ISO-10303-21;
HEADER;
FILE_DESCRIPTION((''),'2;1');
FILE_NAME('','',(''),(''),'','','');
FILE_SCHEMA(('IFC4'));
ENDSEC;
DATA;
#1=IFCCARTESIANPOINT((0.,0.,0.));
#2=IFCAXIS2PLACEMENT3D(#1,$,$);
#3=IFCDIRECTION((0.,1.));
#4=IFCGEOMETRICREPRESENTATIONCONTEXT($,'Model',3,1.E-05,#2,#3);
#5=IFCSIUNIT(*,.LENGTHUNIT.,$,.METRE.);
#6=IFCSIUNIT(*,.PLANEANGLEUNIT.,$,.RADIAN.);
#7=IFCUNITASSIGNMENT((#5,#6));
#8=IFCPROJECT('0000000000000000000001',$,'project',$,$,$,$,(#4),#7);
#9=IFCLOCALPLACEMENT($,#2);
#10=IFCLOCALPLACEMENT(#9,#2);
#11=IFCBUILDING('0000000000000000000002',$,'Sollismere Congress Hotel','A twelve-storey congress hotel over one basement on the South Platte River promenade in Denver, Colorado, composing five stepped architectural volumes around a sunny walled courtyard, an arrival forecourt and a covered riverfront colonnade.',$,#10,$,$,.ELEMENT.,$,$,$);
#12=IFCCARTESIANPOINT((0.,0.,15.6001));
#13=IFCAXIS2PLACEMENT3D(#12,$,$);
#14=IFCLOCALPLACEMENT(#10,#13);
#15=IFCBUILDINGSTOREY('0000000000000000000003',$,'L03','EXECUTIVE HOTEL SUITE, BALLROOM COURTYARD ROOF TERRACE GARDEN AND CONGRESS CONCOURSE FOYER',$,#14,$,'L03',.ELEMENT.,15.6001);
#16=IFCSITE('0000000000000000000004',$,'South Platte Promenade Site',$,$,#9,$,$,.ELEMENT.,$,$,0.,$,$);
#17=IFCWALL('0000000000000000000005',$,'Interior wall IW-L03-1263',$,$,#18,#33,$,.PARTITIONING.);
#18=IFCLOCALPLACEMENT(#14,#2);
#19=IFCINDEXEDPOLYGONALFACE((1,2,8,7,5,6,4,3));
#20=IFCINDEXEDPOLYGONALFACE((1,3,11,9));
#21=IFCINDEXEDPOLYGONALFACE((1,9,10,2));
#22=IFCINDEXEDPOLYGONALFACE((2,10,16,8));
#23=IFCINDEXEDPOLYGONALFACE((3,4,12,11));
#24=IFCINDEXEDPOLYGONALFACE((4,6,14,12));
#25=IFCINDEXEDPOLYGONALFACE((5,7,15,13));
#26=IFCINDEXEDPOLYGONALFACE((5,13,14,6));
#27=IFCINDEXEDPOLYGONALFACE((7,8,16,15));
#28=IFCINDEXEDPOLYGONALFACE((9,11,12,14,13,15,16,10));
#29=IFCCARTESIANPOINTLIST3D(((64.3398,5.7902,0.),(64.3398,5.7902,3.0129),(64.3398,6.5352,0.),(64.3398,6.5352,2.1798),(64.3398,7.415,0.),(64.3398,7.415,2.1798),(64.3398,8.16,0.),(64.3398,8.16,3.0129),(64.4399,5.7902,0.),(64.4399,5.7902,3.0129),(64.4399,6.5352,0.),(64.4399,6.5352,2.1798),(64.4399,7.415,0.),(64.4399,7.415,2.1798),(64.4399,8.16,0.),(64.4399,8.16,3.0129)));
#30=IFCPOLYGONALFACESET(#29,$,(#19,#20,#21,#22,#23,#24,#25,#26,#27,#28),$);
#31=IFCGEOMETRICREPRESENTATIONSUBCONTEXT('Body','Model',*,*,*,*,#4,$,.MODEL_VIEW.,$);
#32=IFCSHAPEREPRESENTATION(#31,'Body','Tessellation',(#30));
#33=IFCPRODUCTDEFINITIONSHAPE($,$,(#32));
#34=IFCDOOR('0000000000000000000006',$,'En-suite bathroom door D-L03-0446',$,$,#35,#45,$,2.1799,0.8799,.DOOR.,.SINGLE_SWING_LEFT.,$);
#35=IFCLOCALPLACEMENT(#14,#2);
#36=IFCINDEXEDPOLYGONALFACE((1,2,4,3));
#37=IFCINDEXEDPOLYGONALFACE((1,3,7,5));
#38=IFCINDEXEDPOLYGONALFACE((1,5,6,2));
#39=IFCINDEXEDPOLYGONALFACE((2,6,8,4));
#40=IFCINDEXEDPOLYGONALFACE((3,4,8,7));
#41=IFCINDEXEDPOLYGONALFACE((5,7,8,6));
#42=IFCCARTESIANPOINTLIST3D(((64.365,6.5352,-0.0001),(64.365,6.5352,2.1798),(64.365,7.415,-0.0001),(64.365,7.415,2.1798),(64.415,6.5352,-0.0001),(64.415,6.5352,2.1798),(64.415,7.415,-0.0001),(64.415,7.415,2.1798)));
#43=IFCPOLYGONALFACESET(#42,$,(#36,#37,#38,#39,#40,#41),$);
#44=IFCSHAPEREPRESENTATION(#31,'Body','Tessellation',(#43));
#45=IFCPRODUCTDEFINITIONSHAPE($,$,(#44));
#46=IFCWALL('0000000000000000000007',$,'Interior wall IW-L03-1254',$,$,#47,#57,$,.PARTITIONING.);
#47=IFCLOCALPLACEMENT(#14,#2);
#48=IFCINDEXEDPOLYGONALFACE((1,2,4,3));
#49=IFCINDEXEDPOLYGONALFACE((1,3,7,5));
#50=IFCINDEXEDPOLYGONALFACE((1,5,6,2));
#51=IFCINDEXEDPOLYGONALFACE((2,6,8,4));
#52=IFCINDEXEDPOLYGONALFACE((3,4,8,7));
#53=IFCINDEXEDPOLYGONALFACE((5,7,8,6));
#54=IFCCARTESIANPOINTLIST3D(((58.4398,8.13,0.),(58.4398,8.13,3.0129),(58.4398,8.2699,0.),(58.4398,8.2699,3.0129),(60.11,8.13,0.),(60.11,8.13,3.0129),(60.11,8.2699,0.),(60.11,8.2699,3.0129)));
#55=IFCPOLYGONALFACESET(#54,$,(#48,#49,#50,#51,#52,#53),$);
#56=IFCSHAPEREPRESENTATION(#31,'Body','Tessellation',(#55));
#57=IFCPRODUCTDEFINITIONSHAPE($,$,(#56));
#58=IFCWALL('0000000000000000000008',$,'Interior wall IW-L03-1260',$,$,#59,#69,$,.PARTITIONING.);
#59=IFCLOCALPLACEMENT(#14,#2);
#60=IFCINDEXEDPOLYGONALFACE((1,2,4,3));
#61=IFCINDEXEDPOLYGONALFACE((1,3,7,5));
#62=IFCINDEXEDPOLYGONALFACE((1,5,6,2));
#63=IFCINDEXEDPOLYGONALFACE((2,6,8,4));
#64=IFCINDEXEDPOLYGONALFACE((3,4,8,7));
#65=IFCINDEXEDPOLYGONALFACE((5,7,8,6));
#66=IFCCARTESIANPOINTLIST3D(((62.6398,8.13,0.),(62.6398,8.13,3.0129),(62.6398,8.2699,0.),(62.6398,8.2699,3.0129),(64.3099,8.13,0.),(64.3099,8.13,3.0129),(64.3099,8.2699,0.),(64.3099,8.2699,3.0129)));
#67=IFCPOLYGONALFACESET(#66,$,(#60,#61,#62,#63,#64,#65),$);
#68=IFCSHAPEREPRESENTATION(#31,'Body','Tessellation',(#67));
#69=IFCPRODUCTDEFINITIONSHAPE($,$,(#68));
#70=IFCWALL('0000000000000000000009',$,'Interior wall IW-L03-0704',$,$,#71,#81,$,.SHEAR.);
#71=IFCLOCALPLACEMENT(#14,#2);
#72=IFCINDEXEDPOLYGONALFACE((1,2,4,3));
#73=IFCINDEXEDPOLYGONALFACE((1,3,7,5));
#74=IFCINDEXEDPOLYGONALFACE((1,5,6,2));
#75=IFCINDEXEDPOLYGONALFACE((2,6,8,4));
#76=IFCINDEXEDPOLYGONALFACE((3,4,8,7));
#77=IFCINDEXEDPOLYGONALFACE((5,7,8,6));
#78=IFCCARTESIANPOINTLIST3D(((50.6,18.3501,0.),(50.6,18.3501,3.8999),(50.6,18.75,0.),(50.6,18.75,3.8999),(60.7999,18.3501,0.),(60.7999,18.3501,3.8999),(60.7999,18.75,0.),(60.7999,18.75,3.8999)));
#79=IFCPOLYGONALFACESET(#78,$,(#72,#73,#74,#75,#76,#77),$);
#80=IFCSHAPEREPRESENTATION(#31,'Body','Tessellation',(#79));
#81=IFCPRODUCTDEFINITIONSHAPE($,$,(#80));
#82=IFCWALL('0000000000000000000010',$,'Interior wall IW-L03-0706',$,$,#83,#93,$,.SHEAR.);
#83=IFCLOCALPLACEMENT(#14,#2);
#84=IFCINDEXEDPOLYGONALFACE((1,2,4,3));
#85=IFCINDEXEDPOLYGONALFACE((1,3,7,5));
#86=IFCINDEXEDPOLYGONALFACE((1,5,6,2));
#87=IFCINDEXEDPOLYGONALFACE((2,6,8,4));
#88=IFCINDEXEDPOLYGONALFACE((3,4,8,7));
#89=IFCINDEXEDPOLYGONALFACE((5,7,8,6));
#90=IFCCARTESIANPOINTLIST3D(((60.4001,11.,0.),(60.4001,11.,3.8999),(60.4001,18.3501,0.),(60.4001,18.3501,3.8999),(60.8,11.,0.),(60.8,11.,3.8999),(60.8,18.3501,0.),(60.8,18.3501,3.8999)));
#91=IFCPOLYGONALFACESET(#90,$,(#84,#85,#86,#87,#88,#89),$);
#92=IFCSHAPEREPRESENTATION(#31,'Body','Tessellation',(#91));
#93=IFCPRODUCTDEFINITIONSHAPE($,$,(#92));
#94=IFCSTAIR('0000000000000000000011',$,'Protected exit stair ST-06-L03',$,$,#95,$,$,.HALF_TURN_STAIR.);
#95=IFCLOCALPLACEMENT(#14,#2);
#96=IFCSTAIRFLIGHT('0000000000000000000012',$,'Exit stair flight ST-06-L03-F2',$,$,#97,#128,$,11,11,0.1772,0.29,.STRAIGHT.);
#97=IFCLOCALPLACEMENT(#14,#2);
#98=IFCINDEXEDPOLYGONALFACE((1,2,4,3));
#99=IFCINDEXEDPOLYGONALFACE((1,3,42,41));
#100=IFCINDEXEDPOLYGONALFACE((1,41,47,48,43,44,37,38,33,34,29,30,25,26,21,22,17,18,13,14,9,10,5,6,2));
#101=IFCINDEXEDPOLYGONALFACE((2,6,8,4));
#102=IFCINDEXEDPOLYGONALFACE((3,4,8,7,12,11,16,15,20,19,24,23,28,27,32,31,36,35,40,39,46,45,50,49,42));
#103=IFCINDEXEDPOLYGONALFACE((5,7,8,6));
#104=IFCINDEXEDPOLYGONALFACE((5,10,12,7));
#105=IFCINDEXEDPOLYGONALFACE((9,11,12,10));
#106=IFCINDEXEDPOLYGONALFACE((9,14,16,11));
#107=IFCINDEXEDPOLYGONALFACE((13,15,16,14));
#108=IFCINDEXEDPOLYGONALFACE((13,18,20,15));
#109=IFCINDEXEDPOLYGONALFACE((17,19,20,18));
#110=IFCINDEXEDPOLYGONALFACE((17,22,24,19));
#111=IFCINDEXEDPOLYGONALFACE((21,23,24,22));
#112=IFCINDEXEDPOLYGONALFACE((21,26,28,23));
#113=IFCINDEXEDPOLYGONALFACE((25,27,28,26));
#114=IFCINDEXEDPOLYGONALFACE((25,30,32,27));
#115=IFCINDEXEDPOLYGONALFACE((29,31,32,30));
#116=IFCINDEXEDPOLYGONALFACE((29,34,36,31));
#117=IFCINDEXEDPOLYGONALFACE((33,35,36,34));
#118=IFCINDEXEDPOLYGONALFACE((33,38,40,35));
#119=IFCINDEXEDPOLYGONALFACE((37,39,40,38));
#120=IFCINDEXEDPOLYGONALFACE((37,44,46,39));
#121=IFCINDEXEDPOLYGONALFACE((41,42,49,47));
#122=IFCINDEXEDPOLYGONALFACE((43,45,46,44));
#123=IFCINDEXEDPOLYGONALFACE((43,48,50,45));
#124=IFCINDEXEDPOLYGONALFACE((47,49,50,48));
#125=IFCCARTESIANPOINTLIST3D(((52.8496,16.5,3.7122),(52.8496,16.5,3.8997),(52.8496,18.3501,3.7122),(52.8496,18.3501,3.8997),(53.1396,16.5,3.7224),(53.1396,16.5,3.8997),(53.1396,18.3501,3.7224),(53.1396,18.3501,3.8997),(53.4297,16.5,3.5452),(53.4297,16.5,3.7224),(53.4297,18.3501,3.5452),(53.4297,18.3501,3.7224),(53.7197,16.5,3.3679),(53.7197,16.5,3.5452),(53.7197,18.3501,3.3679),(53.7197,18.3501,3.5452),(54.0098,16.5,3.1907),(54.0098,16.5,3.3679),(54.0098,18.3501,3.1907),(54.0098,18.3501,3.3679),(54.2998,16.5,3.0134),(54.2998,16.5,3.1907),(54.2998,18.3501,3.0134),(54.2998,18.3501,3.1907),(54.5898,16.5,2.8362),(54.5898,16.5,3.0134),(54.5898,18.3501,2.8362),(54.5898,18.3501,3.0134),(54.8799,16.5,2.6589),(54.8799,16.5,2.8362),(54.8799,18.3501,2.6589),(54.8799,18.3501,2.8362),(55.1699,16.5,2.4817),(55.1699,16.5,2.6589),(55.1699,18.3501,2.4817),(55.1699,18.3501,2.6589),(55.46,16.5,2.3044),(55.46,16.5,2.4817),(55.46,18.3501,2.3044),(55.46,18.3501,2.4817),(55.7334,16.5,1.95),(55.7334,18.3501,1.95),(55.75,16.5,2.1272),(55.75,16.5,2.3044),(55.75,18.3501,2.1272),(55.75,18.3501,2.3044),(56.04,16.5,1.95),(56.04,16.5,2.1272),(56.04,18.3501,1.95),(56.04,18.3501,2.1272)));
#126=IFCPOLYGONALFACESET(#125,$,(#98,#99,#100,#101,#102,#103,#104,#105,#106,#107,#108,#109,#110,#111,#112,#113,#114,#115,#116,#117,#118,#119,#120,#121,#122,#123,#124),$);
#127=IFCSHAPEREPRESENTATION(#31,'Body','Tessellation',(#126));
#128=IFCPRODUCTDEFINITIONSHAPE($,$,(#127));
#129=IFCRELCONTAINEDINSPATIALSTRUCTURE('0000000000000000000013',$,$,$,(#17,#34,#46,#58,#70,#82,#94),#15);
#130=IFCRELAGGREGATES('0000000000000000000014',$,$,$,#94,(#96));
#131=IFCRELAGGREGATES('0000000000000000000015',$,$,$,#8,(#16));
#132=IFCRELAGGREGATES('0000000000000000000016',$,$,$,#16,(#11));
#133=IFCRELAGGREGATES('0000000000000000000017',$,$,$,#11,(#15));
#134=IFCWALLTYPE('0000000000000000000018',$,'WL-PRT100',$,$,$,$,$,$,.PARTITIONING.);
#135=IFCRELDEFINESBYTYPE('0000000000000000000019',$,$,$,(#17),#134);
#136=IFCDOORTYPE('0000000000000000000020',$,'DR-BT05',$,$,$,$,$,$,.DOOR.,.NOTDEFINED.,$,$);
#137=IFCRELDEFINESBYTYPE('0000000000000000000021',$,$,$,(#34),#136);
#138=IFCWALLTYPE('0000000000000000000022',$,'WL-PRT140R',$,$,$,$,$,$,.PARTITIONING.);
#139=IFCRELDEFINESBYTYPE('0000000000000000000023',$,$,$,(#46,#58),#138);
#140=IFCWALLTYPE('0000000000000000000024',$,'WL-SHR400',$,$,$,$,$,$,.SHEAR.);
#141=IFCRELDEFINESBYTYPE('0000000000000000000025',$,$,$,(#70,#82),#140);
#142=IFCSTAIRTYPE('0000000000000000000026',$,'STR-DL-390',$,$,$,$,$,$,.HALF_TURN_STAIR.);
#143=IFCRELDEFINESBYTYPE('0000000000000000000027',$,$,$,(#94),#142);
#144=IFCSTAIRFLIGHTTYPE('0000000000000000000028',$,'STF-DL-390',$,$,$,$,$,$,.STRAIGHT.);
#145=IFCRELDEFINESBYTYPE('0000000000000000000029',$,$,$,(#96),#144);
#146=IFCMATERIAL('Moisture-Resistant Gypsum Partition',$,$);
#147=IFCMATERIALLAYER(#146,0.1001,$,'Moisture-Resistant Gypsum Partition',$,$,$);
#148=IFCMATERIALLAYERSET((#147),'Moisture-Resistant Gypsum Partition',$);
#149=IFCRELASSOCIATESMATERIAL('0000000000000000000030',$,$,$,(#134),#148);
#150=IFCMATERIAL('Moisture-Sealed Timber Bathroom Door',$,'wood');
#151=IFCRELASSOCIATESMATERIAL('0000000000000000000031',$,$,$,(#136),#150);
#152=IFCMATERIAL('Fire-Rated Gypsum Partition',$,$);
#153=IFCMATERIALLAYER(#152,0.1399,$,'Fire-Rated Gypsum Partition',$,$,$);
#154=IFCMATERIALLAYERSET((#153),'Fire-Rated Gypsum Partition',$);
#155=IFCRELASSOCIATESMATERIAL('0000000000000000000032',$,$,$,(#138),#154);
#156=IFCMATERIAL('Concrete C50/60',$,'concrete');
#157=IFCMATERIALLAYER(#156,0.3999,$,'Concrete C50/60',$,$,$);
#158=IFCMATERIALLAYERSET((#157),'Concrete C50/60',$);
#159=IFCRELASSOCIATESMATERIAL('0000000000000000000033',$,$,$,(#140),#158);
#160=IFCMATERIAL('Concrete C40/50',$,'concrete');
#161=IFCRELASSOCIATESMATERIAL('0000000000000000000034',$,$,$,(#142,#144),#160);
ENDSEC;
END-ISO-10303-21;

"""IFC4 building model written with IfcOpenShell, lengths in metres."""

from ifc_helpers import new_model, si_unit, direction, frame, frame_2d, origin, place, context, subcontext, project, spatial, polyline, rectangle, outline, extrude, material, layer, layer_set, type_object, element, fill, aggregate, save


model = new_model("IFC4")

# Units and contexts
model_context = context("Model", 3, precision=1e-05, world=origin(), true_north=direction((0.0, 1.0)))
body_context = subcontext(model_context, "Body", "Model", "MODEL_VIEW")
ifc_project = project(units=[si_unit("LENGTHUNIT", "METRE"), si_unit("PLANEANGLEUNIT", "RADIAN")], contexts=[model_context])

# Site, building, storey
site_placement = place(None, origin())
site = spatial("IfcSite", under=ifc_project, at=site_placement, Name="South Platte Promenade Site", CompositionType="ELEMENT", RefElevation=0.0)
building_placement = place(site_placement, origin())
building = spatial("IfcBuilding", under=site, at=building_placement, Name="Sollismere Congress Hotel", Description="A twelve-storey congress hotel over one basement on the South Platte River promenade in Denver, Colorado, composing five stepped architectural volumes around a sunny walled courtyard, an arrival forecourt and a covered riverfront colonnade.", CompositionType="ELEMENT")
storey_placement = place(building_placement, frame((0.0, 0.0, 15.6001)))
storey = spatial("IfcBuildingStorey", under=building, at=storey_placement, Name="L03", Description="EXECUTIVE HOTEL SUITE, BALLROOM COURTYARD ROOF TERRACE GARDEN AND CONGRESS CONCOURSE FOYER", LongName="L03", CompositionType="ELEMENT", Elevation=15.6001)

# Wall, opening, door
ifc_material_1 = material(Name="Moisture-Resistant Gypsum Partition")
ifc_layer_1 = layer(ifc_material_1, 0.1001, Name="Moisture-Resistant Gypsum Partition")
ifc_layer_set_1 = layer_set([ifc_layer_1], Name="Moisture-Resistant Gypsum Partition")
wall_type_1 = type_object("IfcWallType", Name="WL-PRT100", PredefinedType="PARTITIONING", material=ifc_layer_set_1)
wall_1_placement = place(storey_placement, frame((64.3899, 5.79, 0.0), z_axis=(0.0, 0.0, 1.0), x_axis=(0.0, 1.0, 0.0)))
wall_1 = element("IfcWall", 1, at=wall_1_placement, inside=storey, type_object=wall_type_1, Name="Interior wall IW-L03-1263", PredefinedType="PARTITIONING", context=body_context, shape_type="SweptSolid", body=[
    extrude(rectangle(XDim=2.3699, YDim=0.1001, at=frame_2d((1.1851, 0.0))), origin(), (0.0, 0.0, 1.0), 3.0129),
])
opening_1_placement = place(wall_1_placement, frame((0.7451, 0.0, 0.0)))
opening_1 = element("IfcOpeningElement", 2, at=opening_1_placement, cuts=wall_1, PredefinedType="OPENING", context=body_context, shape_type="SweptSolid", body=[
    extrude(rectangle(XDim=0.8799, YDim=2.1799, at=frame_2d((0.4399, 1.0898))), frame((0.0, 0.0601, 0.0), z_axis=(0.0, -1.0, 0.0), x_axis=(1.0, 0.0, 0.0)), (0.0, 0.0, 1.0), 0.1201),
])
ifc_material_2 = material(Name="Moisture-Sealed Timber Bathroom Door", Category="wood")
door_type_1 = type_object("IfcDoorType", Name="DR-BT05", OperationType="NOTDEFINED", PredefinedType="DOOR", material=ifc_material_2)
door_1_placement = place(opening_1_placement, origin())
door_1 = element("IfcDoor", 3, at=door_1_placement, inside=storey, type_object=door_type_1, Name="En-suite bathroom door D-L03-0446", OperationType="SINGLE_SWING_LEFT", OverallHeight=2.1799, OverallWidth=0.8799, PredefinedType="DOOR", context=body_context, shape_type="SweptSolid", body=[
    extrude(rectangle(XDim=0.8799, YDim=2.1799, at=frame_2d((0.4399, 1.0898))), frame((0.0, 0.0249, 0.0), z_axis=(0.0, -1.0, 0.0), x_axis=(1.0, 0.0, 0.0)), (0.0, 0.0, 1.0), 0.05),
])
fill(opening_1, door_1)

# Wall
ifc_material_3 = material(Name="Fire-Rated Gypsum Partition")
ifc_layer_2 = layer(ifc_material_3, 0.1399, Name="Fire-Rated Gypsum Partition")
ifc_layer_set_2 = layer_set([ifc_layer_2], Name="Fire-Rated Gypsum Partition")
wall_type_2 = type_object("IfcWallType", Name="WL-PRT140R", PredefinedType="PARTITIONING", material=ifc_layer_set_2)
wall_2_placement = place(storey_placement, frame((58.4399, 8.2, 0.0), z_axis=(0.0, 0.0, 1.0), x_axis=(1.0, 0.0, 0.0)))
element("IfcWall", 4, at=wall_2_placement, inside=storey, type_object=wall_type_2, Name="Interior wall IW-L03-1254", PredefinedType="PARTITIONING", context=body_context, shape_type="SweptSolid", body=[
    extrude(rectangle(XDim=1.6702, YDim=0.1399, at=frame_2d((0.835, 0.0))), origin(), (0.0, 0.0, 1.0), 3.0129),
])

# Wall
wall_3_placement = place(storey_placement, frame((62.6399, 8.2, 0.0), z_axis=(0.0, 0.0, 1.0), x_axis=(1.0, 0.0, 0.0)))
element("IfcWall", 5, at=wall_3_placement, inside=storey, type_object=wall_type_2, Name="Interior wall IW-L03-1260", PredefinedType="PARTITIONING", context=body_context, shape_type="SweptSolid", body=[
    extrude(rectangle(XDim=1.6702, YDim=0.1399, at=frame_2d((0.835, 0.0))), origin(), (0.0, 0.0, 1.0), 3.0129),
])

# Walls
ifc_material_4 = material(Name="Concrete C50/60", Category="concrete")
ifc_layer_3 = layer(ifc_material_4, 0.3999, Name="Concrete C50/60")
ifc_layer_set_3 = layer_set([ifc_layer_3], Name="Concrete C50/60")
wall_type_3 = type_object("IfcWallType", Name="WL-SHR400", PredefinedType="SHEAR", material=ifc_layer_set_3)
wall_4_placement = place(storey_placement, frame((60.8, 18.55, 0.0), z_axis=(0.0, 0.0, 1.0), x_axis=(-1.0, 0.0, 0.0)))
element("IfcWall", 6, at=wall_4_placement, inside=storey, type_object=wall_type_3, Name="Interior wall IW-L03-0704", PredefinedType="SHEAR", context=body_context, shape_type="SweptSolid", body=[
    extrude(rectangle(XDim=10.2, YDim=0.3999, at=frame_2d((5.1001, 0.0))), origin(), (0.0, 0.0, 1.0), 3.8999),
])
wall_5_placement = place(storey_placement, frame((60.6001, 11.0, 0.0), z_axis=(0.0, 0.0, 1.0), x_axis=(0.0, 1.0, 0.0)))
element("IfcWall", 7, at=wall_5_placement, inside=storey, type_object=wall_type_3, Name="Interior wall IW-L03-0706", PredefinedType="SHEAR", context=body_context, shape_type="SweptSolid", body=[
    extrude(rectangle(XDim=7.3501, YDim=0.3999, at=frame_2d((3.675, 0.0))), origin(), (0.0, 0.0, 1.0), 3.8999),
])

# Stair, stair flight
ifc_material_5 = material(Name="Concrete C40/50", Category="concrete")
stair_type = type_object("IfcStairType", Name="STR-DL-390", PredefinedType="HALF_TURN_STAIR", material=ifc_material_5)
stair_placement = place(storey_placement, origin())
stair = element("IfcStair", 8, at=stair_placement, inside=storey, type_object=stair_type, Name="Protected exit stair ST-06-L03", PredefinedType="HALF_TURN_STAIR")
stair_flight_type = type_object("IfcStairFlightType", Name="STF-DL-390", PredefinedType="STRAIGHT", material=ifc_material_5)
stair_flight_placement = place(storey_placement, frame((56.04, 17.425, 1.95), z_axis=(0.0, 0.0, 1.0), x_axis=(-1.0, 0.0, 0.0)))
stair_flight = element("IfcStairFlight", 9, at=stair_flight_placement, type_object=stair_flight_type, Name="Exit stair flight ST-06-L03-F2", NumberOfRisers=11, NumberOfTreads=11, PredefinedType="STRAIGHT", RiserHeight=0.1772, TreadLength=0.29, context=body_context, shape_type="SweptSolid", body=[
    extrude(outline(polyline([(0.0, 0.0), (0.0, 0.1772), (0.29, 0.1772), (0.29, 0.3545), (0.5801, 0.3545), (0.5801, 0.5317), (0.8701, 0.5317), (0.8701, 0.709), (1.1602, 0.709), (1.1602, 0.8862), (1.4502, 0.8862), (1.4502, 1.0635), (1.7402, 1.0635), (1.7402, 1.2407), (2.0303, 1.2407), (2.0303, 1.418), (2.3203, 1.418), (2.3203, 1.5952), (2.6104, 1.5952), (2.6104, 1.7725), (2.9004, 1.7725), (2.9004, 1.9497), (3.1904, 1.9497), (3.1904, 1.7622), (0.3066, 0.0), (0.0, 0.0)])), frame((0.0, 0.925, 0.0), z_axis=(0.0, -1.0, 0.0), x_axis=(1.0, 0.0, 0.0)), (0.0, 0.0, 1.0), 1.8501),
])
aggregate(stair, [stair_flight])

save(model, "model.ifc")
